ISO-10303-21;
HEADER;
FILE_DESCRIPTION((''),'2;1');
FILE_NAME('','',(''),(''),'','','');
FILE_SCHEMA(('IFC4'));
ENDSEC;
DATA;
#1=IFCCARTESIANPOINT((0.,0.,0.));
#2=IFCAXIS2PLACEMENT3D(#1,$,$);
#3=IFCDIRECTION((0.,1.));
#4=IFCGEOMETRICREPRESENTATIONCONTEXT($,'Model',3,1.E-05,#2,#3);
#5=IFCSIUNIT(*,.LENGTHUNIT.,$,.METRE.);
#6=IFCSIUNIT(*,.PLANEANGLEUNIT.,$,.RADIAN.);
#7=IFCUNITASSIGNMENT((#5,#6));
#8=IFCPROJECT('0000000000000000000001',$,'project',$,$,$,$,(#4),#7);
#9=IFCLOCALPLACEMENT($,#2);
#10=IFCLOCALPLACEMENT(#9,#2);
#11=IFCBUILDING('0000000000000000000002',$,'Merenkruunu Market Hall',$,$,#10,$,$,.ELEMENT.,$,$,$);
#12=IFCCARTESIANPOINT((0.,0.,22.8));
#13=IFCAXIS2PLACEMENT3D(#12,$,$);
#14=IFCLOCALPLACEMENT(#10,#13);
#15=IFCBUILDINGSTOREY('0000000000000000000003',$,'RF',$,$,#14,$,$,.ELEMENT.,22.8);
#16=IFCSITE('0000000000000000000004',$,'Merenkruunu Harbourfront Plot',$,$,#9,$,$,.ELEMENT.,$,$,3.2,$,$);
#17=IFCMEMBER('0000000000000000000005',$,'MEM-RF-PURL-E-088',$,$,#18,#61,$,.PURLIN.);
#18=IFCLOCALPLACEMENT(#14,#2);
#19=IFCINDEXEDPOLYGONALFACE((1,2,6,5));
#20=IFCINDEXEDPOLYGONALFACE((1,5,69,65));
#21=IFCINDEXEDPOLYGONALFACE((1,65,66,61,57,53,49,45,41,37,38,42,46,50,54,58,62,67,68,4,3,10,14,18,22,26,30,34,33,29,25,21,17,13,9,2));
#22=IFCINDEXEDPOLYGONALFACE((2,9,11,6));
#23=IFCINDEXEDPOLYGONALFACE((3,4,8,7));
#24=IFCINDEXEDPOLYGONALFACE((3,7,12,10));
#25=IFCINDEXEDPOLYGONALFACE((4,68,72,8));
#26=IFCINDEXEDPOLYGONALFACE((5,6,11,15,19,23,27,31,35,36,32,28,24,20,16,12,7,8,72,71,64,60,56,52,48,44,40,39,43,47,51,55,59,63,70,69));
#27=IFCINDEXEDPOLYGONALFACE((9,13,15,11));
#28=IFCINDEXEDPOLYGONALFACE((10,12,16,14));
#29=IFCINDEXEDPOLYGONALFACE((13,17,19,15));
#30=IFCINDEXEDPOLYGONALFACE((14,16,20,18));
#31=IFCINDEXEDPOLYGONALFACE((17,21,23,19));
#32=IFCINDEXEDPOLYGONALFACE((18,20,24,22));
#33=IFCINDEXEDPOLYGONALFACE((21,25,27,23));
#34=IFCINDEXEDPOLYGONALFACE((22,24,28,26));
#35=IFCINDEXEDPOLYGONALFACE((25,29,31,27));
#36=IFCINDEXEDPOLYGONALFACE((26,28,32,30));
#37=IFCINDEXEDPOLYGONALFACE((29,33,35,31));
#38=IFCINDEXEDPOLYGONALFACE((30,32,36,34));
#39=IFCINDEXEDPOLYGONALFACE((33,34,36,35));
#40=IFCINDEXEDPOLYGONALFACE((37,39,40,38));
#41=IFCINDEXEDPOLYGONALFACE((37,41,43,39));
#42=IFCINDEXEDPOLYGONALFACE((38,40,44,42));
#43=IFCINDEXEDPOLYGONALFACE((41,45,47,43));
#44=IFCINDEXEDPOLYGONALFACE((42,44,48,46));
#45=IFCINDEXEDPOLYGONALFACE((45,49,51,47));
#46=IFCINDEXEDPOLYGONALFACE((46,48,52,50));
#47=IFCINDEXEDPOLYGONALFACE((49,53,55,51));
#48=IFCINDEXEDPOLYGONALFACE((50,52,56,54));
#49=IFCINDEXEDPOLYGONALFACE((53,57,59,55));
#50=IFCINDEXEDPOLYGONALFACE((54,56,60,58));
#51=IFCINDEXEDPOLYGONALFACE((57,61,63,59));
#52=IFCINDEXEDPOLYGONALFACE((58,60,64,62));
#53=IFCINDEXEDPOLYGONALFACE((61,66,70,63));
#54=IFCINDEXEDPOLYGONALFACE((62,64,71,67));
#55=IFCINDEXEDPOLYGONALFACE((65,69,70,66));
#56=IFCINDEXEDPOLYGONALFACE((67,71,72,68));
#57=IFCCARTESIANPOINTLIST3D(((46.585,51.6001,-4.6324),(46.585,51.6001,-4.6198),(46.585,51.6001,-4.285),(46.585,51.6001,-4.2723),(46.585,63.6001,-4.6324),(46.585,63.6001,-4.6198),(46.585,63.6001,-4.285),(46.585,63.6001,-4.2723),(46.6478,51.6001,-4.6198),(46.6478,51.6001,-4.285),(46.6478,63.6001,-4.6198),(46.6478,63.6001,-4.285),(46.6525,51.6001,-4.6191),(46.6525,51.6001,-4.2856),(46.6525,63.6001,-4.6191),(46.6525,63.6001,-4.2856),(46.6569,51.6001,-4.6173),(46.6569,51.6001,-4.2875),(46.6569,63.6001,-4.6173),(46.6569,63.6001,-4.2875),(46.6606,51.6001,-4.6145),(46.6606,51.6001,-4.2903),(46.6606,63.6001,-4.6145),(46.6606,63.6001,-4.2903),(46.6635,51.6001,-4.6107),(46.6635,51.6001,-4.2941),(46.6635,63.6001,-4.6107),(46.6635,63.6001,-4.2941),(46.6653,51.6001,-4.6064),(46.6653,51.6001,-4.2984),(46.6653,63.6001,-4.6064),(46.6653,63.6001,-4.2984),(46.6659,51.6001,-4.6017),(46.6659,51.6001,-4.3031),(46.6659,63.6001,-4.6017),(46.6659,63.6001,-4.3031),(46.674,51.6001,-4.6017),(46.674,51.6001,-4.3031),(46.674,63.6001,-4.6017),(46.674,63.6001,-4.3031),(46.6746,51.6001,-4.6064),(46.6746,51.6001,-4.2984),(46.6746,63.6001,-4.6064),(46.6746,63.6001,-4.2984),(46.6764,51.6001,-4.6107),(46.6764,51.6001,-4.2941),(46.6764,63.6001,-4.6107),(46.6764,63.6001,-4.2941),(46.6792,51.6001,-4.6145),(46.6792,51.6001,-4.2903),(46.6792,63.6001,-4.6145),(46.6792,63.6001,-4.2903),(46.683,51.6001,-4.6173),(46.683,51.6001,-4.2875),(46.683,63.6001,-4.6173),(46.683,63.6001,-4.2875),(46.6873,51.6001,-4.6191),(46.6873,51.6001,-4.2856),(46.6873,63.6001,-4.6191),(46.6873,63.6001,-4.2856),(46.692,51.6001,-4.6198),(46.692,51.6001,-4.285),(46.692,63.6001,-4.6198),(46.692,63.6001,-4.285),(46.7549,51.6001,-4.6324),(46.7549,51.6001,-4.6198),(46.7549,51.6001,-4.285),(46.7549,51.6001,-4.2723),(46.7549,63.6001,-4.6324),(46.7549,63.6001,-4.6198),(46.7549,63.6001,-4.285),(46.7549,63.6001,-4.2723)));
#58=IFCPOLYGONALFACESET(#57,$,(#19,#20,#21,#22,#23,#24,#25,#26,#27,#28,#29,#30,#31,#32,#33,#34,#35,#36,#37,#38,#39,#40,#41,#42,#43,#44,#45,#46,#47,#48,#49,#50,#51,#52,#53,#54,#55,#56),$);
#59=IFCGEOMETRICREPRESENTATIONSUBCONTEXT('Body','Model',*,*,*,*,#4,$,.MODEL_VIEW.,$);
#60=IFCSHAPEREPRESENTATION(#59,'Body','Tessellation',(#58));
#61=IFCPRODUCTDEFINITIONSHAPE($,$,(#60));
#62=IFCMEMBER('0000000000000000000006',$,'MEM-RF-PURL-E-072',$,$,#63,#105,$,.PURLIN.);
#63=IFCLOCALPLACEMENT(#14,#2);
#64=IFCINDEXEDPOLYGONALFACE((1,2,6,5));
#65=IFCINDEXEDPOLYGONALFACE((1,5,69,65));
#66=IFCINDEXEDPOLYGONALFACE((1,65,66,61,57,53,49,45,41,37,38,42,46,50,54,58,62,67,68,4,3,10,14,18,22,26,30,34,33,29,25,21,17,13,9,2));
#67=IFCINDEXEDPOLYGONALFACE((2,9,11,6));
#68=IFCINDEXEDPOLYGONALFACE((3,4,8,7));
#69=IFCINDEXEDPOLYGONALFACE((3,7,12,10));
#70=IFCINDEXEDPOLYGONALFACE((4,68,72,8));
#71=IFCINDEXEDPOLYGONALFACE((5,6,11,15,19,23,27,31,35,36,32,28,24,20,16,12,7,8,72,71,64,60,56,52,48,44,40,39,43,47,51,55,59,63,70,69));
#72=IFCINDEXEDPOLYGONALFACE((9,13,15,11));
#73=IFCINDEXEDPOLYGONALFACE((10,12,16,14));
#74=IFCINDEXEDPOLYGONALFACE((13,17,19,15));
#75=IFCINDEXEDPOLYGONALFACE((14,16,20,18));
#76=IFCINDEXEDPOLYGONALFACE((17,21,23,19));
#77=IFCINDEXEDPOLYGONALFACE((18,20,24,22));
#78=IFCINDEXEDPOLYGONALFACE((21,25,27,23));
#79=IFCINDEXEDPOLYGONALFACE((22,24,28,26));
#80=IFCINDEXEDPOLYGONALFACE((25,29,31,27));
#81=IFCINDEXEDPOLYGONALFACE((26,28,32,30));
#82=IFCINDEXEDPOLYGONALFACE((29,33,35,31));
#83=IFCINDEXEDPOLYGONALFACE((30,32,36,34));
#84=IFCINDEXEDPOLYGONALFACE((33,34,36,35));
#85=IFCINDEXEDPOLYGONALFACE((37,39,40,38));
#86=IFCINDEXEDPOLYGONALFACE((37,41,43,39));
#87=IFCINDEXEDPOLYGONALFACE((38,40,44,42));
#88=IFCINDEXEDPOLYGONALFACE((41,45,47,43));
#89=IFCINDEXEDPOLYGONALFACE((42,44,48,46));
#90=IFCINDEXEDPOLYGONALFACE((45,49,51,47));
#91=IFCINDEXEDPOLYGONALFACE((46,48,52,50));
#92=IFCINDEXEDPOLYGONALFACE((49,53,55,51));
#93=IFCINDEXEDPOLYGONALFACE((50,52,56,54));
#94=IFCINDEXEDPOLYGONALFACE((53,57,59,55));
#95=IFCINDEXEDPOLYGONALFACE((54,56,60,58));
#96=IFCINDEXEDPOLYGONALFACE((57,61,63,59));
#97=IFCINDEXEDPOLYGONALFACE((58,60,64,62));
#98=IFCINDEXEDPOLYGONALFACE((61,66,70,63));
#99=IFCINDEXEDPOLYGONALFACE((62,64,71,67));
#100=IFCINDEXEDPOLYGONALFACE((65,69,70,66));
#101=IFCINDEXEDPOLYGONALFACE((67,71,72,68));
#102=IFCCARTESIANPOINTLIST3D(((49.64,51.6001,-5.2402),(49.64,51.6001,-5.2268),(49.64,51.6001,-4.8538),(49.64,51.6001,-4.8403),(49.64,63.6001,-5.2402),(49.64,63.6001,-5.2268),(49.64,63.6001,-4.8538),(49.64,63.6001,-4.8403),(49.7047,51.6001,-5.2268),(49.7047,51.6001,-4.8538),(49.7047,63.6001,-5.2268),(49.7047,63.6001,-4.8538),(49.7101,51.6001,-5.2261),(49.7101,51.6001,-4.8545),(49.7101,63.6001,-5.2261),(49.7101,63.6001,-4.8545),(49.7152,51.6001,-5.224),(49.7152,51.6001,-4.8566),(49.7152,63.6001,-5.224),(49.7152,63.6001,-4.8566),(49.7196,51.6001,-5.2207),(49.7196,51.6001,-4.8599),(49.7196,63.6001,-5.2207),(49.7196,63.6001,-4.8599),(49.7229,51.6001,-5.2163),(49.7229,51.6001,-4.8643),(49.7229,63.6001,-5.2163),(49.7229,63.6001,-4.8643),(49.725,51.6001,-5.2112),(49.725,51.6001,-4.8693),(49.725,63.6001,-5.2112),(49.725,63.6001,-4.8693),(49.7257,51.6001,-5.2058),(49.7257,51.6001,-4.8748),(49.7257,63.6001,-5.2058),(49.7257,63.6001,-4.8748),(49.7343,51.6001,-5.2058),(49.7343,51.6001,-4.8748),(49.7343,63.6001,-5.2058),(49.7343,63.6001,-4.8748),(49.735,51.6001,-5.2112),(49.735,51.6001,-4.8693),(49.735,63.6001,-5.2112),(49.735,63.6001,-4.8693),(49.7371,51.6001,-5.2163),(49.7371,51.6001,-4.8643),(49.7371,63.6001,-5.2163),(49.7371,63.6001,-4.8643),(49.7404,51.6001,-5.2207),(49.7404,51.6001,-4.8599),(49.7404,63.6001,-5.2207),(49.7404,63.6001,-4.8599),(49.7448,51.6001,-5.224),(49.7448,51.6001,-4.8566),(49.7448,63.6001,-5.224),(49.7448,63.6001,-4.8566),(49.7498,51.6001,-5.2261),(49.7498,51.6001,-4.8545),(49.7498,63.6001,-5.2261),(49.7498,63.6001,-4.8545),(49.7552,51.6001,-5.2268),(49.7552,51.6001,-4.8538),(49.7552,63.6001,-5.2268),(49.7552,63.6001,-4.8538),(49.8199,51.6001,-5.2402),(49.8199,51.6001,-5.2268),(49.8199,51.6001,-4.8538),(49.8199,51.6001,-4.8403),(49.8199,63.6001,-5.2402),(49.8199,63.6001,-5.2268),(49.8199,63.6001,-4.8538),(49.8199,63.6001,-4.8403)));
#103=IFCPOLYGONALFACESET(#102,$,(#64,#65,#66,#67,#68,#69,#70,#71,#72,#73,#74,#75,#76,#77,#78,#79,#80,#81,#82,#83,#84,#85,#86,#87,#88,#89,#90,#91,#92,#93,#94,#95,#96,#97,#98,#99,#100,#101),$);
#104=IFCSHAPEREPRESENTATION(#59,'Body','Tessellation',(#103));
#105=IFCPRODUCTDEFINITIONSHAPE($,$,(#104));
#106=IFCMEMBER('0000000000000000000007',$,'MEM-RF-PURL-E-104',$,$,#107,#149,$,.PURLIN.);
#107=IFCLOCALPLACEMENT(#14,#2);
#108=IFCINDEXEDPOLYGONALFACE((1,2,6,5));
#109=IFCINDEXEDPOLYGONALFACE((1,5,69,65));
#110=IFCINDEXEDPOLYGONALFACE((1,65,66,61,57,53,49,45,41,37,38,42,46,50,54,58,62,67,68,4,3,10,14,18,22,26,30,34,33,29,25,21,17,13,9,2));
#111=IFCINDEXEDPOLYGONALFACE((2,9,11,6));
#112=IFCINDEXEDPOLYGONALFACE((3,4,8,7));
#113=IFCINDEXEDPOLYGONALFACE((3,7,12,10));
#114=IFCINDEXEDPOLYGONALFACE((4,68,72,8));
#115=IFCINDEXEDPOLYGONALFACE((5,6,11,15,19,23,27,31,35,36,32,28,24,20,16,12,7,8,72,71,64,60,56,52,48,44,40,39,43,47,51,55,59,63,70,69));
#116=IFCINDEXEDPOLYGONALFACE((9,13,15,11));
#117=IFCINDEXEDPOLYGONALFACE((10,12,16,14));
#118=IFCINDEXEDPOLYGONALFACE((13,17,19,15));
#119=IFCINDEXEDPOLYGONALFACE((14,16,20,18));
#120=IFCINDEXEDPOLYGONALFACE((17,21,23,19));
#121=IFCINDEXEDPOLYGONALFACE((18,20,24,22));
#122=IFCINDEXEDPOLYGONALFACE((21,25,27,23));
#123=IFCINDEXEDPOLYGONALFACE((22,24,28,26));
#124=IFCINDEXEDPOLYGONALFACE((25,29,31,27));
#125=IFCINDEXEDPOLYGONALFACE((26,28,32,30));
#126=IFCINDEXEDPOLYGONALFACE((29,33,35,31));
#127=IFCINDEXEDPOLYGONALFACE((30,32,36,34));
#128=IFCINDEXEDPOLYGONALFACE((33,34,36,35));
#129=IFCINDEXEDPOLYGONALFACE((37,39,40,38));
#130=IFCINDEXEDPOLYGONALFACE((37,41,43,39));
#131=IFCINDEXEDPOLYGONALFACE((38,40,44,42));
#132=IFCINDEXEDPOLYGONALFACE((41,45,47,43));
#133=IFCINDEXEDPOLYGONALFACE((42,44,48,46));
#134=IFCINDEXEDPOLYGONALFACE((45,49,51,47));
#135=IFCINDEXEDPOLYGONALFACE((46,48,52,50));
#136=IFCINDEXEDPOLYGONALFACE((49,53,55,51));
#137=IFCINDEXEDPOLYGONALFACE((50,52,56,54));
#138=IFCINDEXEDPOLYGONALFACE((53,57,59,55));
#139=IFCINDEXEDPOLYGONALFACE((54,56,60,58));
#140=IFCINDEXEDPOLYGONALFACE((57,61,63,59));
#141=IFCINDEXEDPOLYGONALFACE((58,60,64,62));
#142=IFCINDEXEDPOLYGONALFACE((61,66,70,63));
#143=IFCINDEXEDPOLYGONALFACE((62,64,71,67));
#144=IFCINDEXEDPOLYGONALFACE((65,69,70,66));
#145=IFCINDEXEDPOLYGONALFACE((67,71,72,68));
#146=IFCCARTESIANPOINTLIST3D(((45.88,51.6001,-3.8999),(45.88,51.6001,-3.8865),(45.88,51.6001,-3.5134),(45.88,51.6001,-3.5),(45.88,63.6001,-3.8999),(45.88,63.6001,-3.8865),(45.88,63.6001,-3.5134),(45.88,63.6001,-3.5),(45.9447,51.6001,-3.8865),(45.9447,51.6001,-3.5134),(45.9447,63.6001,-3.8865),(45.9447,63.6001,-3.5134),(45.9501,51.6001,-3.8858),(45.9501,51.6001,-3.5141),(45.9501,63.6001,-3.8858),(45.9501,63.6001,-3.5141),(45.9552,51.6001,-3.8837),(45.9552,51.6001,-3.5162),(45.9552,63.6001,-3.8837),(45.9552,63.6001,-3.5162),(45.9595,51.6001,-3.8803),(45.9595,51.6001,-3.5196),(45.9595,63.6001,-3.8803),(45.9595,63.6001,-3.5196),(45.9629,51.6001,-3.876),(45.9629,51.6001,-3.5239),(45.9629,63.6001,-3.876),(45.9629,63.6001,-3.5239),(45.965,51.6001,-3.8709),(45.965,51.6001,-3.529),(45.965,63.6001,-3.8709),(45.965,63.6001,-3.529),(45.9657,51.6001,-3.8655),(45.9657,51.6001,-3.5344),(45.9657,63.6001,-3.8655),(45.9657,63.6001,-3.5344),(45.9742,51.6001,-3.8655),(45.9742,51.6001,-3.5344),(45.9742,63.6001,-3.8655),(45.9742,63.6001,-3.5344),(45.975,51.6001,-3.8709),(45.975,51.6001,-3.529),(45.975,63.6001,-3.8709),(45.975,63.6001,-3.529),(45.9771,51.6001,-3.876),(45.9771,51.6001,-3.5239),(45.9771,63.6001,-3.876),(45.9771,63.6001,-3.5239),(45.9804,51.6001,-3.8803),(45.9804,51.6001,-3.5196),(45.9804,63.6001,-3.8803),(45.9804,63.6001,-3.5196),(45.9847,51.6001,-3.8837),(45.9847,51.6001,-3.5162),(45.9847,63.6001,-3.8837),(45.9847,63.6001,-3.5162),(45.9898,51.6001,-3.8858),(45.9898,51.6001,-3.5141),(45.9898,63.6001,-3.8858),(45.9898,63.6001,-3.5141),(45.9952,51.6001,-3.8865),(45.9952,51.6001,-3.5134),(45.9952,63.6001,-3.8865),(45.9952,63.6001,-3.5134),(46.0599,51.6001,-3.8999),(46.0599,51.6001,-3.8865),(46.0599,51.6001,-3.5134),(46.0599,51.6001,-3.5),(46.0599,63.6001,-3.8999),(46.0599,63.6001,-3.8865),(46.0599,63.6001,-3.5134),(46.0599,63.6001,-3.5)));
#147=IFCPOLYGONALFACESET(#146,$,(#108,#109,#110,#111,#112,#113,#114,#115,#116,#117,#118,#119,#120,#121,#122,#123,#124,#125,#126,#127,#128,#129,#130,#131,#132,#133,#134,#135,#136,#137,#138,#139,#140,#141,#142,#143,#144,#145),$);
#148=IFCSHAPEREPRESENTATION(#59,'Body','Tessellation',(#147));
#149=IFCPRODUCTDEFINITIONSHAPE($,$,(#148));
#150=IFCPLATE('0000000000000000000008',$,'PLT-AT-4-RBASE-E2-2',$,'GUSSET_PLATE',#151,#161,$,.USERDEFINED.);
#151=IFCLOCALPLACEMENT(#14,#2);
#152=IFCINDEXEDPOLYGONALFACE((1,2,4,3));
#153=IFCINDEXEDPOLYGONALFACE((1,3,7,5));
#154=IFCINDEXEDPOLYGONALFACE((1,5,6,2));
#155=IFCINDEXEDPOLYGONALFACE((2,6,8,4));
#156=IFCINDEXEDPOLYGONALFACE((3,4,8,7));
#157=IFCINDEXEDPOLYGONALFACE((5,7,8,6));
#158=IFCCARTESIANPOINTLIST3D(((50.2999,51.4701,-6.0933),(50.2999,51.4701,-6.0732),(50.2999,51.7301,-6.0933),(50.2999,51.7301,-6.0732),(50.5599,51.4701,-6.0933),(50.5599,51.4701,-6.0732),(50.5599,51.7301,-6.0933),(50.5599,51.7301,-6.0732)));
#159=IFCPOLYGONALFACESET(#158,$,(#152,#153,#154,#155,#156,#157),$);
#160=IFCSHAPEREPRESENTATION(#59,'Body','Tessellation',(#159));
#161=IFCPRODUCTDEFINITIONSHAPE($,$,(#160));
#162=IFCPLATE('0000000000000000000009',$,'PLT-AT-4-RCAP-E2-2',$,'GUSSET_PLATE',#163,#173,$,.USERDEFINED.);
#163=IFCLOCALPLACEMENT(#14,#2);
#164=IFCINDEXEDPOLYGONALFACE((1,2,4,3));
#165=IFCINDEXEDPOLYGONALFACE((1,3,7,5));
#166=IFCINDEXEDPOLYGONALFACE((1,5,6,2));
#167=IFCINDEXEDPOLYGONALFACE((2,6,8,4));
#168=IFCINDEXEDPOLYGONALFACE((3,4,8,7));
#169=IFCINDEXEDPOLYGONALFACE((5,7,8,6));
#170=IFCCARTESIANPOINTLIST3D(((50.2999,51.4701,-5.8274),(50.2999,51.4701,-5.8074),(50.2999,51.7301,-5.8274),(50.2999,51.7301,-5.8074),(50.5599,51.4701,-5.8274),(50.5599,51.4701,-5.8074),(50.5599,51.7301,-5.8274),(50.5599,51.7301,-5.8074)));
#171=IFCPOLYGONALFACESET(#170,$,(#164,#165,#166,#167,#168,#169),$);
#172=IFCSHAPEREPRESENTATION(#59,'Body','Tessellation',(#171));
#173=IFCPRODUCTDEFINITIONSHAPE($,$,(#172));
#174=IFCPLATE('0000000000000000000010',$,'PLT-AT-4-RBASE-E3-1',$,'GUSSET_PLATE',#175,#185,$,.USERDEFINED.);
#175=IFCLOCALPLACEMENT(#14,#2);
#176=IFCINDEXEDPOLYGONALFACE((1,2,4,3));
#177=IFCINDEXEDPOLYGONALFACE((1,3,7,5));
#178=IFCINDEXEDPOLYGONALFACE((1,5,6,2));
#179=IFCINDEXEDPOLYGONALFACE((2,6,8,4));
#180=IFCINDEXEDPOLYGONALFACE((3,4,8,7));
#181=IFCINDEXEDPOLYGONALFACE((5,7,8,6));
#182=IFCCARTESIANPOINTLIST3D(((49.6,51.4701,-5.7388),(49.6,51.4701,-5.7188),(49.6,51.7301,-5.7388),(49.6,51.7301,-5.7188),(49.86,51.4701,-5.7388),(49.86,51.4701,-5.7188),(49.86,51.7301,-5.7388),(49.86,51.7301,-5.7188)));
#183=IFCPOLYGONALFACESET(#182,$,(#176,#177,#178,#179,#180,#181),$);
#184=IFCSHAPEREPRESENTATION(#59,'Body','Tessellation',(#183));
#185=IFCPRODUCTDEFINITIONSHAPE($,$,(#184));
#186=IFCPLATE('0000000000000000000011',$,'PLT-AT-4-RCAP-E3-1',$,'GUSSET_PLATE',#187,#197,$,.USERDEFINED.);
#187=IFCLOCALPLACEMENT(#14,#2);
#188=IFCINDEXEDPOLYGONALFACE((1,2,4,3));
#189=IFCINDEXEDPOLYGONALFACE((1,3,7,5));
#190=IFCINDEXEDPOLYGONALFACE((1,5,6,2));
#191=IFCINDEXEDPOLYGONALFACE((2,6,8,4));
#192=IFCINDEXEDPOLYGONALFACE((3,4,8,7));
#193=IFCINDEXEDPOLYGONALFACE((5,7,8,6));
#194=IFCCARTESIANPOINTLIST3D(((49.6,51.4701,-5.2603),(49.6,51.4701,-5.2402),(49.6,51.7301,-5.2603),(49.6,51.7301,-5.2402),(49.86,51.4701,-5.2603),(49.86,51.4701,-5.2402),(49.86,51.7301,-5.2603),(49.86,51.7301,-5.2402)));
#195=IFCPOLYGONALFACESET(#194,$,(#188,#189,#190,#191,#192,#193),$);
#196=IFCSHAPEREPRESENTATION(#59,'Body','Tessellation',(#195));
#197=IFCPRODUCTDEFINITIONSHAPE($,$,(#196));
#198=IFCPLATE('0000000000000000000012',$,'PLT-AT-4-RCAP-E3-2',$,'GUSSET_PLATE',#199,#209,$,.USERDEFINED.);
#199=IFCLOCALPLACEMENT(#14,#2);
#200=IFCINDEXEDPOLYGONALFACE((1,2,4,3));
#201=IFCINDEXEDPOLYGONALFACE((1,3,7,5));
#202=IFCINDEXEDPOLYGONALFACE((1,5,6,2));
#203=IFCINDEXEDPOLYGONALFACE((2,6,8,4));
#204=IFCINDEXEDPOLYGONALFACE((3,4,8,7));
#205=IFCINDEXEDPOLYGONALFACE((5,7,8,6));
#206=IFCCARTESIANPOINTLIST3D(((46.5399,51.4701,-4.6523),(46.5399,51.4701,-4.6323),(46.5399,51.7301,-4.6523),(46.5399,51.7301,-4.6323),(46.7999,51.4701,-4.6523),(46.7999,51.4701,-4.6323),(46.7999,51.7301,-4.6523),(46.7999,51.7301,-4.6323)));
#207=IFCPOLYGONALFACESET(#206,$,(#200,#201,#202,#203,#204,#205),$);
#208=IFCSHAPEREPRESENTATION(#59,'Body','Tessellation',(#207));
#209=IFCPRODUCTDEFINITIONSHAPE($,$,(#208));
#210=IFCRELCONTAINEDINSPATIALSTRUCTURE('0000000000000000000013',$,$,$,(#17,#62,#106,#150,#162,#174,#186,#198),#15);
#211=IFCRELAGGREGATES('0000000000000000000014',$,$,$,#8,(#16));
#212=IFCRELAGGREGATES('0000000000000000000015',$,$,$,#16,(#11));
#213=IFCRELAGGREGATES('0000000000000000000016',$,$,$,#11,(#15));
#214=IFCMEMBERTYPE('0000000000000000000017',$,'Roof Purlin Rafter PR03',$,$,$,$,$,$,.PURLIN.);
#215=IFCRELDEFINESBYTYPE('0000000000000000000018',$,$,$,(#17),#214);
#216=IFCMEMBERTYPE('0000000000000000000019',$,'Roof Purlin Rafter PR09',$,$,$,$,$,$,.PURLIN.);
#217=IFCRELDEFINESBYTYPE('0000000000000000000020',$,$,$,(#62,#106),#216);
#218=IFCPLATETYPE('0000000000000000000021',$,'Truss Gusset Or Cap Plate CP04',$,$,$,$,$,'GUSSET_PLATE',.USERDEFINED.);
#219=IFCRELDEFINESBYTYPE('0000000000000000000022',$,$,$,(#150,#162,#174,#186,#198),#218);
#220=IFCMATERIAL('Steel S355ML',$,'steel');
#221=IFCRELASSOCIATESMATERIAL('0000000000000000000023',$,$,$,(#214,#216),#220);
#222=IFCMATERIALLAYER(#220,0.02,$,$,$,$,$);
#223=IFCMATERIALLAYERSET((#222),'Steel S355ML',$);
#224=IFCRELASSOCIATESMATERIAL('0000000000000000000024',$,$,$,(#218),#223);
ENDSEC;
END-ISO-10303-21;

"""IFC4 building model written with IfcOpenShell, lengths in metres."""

from ifc_helpers import new_model, si_unit, direction, frame, origin, origin_2d, place, context, subcontext, project, spatial, rectangle, i_section, extrude, material, layer, layer_set, material_profile, profile_set, type_object, element, save


model = new_model("IFC4")

# Units and contexts
model_context = context("Model", 3, precision=1e-05, world=origin(), true_north=direction((0.0, 1.0)))
body_context = subcontext(model_context, "Body", "Model", "MODEL_VIEW")
ifc_project = project(units=[si_unit("LENGTHUNIT", "METRE"), si_unit("PLANEANGLEUNIT", "RADIAN")], contexts=[model_context])

# Site, building, storey
site_placement = place(None, origin())
site = spatial("IfcSite", under=ifc_project, at=site_placement, Name="Merenkruunu Harbourfront Plot", CompositionType="ELEMENT", RefElevation=3.2)
building_placement = place(site_placement, origin())
building = spatial("IfcBuilding", under=site, at=building_placement, Name="Merenkruunu Market Hall", CompositionType="ELEMENT")
storey_placement = place(building_placement, frame((0.0, 0.0, 22.8)))
storey = spatial("IfcBuildingStorey", under=building, at=storey_placement, Name="RF", CompositionType="ELEMENT", Elevation=22.8)

# Shared definitions
ifc_material_1 = material(Name="Steel S355ML", Category="steel")

# Members
ifc_material_profile_1 = material_profile(ifc_material_1, i_section(OverallWidth=0.1699, OverallDepth=0.3601, WebThickness=0.0081, FlangeThickness=0.0127, FilletRadius=0.0181, at=origin_2d()), Name="IPE 360")
ifc_profile_set_1 = profile_set([ifc_material_profile_1], Name="Steel S355ML")
member_type_1 = type_object("IfcMemberType", Name="Roof Purlin Rafter PR03", PredefinedType="PURLIN", material=ifc_profile_set_1)
member_1_placement = place(storey_placement, frame((46.6699, 51.6001, -4.4524), z_axis=(0.0, 1.0, 0.0), x_axis=(-1.0, 0.0, 0.0)))
element("IfcMember", 1, at=member_1_placement, inside=storey, type_object=member_type_1, Name="MEM-RF-PURL-E-088", PredefinedType="PURLIN", context=body_context, shape_type="SweptSolid", body=[
    extrude(i_section(OverallWidth=0.1699, OverallDepth=0.3601, WebThickness=0.0081, FlangeThickness=0.0127, FilletRadius=0.0181, at=origin_2d()), origin(), (0.0, 0.0, 1.0), 12.0),
])
ifc_material_profile_2 = material_profile(ifc_material_1, i_section(OverallWidth=0.1799, OverallDepth=0.3999, WebThickness=0.0085, FlangeThickness=0.0134, FilletRadius=0.021, at=origin_2d()), Name="IPE 400")
ifc_profile_set_2 = profile_set([ifc_material_profile_2], Name="Steel S355ML")
member_type_2 = type_object("IfcMemberType", Name="Roof Purlin Rafter PR09", PredefinedType="PURLIN", material=ifc_profile_set_2)
for number, where, z_axis, x_axis, name in (
    (2, (49.73, 51.6001, -5.0403), (0.0, 1.0, 0.0), (-1.0, 0.0, 0.0), "MEM-RF-PURL-E-072"),
    (3, (45.97, 51.6001, -3.7), (0.0, 1.0, 0.0), (-1.0, 0.0, 0.0), "MEM-RF-PURL-E-104"),
):
    element("IfcMember", number, at=place(storey_placement, frame(where, z_axis=z_axis, x_axis=x_axis)), inside=storey, type_object=member_type_2, Name=name, PredefinedType="PURLIN", context=body_context, shape_type="SweptSolid", body=[
        extrude(i_section(OverallWidth=0.1799, OverallDepth=0.3999, WebThickness=0.0085, FlangeThickness=0.0134, FilletRadius=0.021, at=origin_2d()), origin(), (0.0, 0.0, 1.0), 12.0),
    ])

# Plates
ifc_layer_1 = layer(ifc_material_1, 0.02)
ifc_layer_set_1 = layer_set([ifc_layer_1], Name="Steel S355ML")
plate_type_1 = type_object("IfcPlateType", Name="Truss Gusset Or Cap Plate CP04", ElementType="GUSSET_PLATE", PredefinedType="USERDEFINED", material=ifc_layer_set_1)
for number, where, z_axis, x_axis, name in (
    (4, (50.4299, 51.6001, -6.0933), (0.0, 0.0, 1.0), (1.0, 0.0, 0.0), "PLT-AT-4-RBASE-E2-2"),
    (5, (50.4299, 51.6001, -5.8274), (0.0, 0.0, 1.0), (1.0, 0.0, 0.0), "PLT-AT-4-RCAP-E2-2"),
    (6, (49.73, 51.6001, -5.7388), (0.0, 0.0, 1.0), (1.0, 0.0, 0.0), "PLT-AT-4-RBASE-E3-1"),
    (7, (49.73, 51.6001, -5.2603), (0.0, 0.0, 1.0), (1.0, 0.0, 0.0), "PLT-AT-4-RCAP-E3-1"),
    (8, (46.6699, 51.6001, -4.6523), (0.0, 0.0, 1.0), (1.0, 0.0, 0.0), "PLT-AT-4-RCAP-E3-2"),
):
    element("IfcPlate", number, at=place(storey_placement, frame(where, z_axis=z_axis, x_axis=x_axis)), inside=storey, type_object=plate_type_1, Name=name, ObjectType="GUSSET_PLATE", PredefinedType="USERDEFINED", context=body_context, shape_type="SweptSolid", body=[
        extrude(rectangle(XDim=0.26, YDim=0.26, at=origin_2d()), origin(), (0.0, 0.0, 1.0), 0.02),
    ])

save(model, "model.ifc")
